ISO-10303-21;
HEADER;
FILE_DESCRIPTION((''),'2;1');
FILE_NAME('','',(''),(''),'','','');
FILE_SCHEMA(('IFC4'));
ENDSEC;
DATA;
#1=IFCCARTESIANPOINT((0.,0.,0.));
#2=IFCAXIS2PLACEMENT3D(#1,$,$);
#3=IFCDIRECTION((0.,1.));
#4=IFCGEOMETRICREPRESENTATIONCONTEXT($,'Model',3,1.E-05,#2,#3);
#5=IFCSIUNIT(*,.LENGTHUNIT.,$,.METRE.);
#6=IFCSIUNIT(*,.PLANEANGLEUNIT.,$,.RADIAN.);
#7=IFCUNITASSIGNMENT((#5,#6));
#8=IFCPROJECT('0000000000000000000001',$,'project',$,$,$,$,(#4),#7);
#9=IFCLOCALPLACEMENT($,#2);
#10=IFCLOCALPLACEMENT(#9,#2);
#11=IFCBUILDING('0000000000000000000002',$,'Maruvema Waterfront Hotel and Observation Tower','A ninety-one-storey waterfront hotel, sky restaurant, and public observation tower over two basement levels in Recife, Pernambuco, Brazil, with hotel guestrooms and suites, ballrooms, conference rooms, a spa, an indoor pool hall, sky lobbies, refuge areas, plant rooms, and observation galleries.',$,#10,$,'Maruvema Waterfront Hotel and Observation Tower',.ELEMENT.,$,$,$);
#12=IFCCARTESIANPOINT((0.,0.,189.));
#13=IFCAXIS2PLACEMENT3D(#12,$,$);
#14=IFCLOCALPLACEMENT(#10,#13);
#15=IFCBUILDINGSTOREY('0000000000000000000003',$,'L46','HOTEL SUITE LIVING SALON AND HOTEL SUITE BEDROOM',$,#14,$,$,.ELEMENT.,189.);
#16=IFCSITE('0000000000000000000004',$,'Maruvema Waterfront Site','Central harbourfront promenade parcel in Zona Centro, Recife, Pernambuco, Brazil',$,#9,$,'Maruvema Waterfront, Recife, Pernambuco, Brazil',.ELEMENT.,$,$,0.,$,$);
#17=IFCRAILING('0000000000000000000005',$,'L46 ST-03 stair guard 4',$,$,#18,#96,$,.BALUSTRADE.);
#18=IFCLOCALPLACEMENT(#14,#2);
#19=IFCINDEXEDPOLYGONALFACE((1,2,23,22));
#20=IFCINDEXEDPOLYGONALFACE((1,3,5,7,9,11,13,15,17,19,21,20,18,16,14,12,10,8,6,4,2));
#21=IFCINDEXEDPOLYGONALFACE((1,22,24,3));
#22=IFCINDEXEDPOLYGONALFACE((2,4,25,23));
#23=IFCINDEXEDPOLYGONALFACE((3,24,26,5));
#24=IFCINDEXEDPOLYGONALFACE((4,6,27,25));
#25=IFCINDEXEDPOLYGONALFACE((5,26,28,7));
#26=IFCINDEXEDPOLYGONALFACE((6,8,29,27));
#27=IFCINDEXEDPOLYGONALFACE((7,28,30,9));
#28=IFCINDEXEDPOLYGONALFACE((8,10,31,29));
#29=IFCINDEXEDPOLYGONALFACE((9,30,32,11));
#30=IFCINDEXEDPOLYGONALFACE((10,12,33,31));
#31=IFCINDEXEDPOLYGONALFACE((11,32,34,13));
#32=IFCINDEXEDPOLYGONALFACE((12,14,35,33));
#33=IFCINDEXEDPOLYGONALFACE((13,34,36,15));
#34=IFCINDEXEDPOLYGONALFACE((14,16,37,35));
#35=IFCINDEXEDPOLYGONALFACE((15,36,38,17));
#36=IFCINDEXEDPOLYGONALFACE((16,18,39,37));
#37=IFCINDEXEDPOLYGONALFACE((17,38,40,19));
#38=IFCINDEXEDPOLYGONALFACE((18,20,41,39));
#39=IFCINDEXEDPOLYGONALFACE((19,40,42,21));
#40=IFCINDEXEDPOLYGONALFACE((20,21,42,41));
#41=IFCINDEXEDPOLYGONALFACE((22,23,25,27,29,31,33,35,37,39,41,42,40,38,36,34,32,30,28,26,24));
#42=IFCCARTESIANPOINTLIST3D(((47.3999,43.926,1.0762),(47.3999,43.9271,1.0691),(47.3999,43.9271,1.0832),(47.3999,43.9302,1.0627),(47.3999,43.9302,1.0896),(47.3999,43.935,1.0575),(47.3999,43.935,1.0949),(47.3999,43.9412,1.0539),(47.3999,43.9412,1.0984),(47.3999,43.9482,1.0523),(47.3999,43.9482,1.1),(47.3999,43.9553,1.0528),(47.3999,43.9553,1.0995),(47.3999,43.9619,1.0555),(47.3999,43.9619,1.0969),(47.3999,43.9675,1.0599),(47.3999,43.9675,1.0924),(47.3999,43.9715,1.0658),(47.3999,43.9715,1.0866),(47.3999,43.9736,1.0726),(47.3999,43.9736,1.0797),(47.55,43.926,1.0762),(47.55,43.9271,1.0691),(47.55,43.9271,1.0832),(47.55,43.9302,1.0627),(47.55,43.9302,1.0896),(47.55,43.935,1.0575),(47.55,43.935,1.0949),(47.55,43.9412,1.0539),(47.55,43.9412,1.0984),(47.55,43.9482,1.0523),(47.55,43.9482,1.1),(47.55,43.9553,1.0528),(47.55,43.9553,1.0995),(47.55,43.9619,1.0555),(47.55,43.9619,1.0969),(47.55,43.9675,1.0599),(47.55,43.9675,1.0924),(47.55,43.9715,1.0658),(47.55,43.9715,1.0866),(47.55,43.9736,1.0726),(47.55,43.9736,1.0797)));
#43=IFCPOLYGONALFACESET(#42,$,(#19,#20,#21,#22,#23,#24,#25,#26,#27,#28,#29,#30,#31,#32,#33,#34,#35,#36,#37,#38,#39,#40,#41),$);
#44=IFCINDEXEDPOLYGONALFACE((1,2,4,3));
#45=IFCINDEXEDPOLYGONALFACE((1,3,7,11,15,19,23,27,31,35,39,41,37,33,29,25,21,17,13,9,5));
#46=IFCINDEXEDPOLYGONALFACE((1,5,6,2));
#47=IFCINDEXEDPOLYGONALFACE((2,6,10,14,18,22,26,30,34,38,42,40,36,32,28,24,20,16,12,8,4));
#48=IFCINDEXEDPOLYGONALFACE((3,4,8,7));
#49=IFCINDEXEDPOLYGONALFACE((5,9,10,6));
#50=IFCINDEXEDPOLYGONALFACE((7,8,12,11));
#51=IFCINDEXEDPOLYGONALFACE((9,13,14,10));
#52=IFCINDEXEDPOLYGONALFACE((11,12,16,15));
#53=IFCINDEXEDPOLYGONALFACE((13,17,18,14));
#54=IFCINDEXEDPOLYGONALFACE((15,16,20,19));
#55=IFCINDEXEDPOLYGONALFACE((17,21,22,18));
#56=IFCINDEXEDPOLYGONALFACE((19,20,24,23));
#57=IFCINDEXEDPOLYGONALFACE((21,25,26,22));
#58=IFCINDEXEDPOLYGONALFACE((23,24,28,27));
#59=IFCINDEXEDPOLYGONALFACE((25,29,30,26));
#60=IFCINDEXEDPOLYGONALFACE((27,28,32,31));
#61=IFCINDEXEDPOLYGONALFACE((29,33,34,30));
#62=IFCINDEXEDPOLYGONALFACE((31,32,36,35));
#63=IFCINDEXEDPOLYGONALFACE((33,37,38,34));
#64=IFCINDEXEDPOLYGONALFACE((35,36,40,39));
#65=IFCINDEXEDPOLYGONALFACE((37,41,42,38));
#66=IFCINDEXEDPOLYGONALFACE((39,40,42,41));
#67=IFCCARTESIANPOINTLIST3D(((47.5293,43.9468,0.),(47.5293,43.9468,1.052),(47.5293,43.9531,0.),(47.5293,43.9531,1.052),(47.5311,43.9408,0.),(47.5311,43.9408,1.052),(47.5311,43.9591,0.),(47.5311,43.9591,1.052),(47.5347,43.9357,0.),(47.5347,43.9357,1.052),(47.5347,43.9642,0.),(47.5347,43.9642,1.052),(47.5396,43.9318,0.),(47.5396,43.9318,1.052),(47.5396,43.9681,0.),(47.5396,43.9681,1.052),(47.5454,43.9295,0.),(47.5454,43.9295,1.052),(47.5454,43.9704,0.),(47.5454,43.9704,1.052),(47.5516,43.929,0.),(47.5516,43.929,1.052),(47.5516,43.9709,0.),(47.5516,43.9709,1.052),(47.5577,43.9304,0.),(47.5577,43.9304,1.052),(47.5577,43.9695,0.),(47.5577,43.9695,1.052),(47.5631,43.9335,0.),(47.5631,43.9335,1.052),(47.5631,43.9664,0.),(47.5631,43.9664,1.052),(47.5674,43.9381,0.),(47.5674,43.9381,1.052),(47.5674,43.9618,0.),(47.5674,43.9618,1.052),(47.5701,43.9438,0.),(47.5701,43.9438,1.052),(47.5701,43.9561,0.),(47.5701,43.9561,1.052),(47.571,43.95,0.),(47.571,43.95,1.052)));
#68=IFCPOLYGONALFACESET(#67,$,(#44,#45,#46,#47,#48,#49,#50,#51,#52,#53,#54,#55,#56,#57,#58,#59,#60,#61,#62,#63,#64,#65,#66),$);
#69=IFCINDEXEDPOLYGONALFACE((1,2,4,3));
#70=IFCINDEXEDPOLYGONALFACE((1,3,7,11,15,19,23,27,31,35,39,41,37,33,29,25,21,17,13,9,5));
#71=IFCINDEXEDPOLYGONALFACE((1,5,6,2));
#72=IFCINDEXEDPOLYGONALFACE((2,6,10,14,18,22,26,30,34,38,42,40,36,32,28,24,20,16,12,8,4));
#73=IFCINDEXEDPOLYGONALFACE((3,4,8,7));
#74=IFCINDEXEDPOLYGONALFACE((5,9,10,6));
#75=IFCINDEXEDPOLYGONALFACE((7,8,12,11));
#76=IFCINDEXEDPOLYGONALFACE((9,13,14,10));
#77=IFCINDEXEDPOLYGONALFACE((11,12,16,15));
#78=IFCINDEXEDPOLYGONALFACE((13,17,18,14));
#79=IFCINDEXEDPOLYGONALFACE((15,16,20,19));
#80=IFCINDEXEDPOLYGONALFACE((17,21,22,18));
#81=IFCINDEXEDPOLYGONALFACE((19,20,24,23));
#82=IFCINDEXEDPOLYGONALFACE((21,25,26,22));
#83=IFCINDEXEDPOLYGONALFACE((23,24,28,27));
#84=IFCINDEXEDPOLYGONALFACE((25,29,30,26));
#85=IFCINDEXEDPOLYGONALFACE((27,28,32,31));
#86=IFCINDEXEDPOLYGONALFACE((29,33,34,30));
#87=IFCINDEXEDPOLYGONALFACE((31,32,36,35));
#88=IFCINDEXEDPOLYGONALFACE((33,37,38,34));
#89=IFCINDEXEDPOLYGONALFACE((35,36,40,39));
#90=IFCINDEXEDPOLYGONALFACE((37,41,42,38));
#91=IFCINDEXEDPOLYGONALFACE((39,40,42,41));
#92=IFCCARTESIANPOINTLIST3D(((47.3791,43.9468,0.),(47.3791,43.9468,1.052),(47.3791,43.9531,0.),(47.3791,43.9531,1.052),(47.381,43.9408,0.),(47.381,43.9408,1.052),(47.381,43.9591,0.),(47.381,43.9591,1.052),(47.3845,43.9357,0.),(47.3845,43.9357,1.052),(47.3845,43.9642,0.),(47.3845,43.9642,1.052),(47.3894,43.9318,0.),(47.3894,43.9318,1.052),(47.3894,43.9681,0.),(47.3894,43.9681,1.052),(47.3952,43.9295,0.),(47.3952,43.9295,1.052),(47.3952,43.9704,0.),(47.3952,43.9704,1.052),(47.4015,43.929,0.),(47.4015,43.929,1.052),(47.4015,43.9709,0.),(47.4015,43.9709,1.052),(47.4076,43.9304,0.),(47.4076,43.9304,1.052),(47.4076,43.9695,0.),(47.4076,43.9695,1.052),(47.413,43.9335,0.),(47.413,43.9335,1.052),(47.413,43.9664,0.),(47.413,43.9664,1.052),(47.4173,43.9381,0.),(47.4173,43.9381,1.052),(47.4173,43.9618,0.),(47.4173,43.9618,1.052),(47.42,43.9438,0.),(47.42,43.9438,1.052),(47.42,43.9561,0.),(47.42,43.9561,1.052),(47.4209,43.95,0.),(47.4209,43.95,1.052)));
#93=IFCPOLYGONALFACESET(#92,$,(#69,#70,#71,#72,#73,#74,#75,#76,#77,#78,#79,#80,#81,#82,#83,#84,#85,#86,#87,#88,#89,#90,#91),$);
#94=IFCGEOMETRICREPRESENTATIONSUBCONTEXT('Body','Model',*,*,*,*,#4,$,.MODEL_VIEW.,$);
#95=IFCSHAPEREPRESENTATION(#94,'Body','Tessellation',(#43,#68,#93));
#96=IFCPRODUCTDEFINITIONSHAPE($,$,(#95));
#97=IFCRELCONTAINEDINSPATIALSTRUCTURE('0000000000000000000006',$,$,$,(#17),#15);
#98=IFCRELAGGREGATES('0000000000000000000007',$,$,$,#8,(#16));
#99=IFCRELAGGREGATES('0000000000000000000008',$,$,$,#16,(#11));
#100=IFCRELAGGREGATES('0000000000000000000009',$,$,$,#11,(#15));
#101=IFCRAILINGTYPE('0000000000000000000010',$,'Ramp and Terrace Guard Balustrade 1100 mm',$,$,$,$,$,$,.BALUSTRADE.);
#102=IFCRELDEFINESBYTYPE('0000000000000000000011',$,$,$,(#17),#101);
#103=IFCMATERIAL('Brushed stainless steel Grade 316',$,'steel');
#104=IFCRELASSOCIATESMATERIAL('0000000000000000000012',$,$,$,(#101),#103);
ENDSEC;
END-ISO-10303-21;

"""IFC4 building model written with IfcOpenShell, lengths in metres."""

from ifc_helpers import new_model, si_unit, direction, frame, origin, origin_2d, place, context, subcontext, project, spatial, circle, extrude, material, type_object, element, save


model = new_model("IFC4")

# Units and contexts
model_context = context("Model", 3, precision=1e-05, world=origin(), true_north=direction((0.0, 1.0)))
body_context = subcontext(model_context, "Body", "Model", "MODEL_VIEW")
ifc_project = project(units=[si_unit("LENGTHUNIT", "METRE"), si_unit("PLANEANGLEUNIT", "RADIAN")], contexts=[model_context])

# Site, building, storey
site_placement = place(None, origin())
site = spatial("IfcSite", under=ifc_project, at=site_placement, Name="Maruvema Waterfront Site", Description="Central harbourfront promenade parcel in Zona Centro, Recife, Pernambuco, Brazil", LongName="Maruvema Waterfront, Recife, Pernambuco, Brazil", CompositionType="ELEMENT", RefElevation=0.0)
building_placement = place(site_placement, origin())
building = spatial("IfcBuilding", under=site, at=building_placement, Name="Maruvema Waterfront Hotel and Observation Tower", Description="A ninety-one-storey waterfront hotel, sky restaurant, and public observation tower over two basement levels in Recife, Pernambuco, Brazil, with hotel guestrooms and suites, ballrooms, conference rooms, a spa, an indoor pool hall, sky lobbies, refuge areas, plant rooms, and observation galleries.", LongName="Maruvema Waterfront Hotel and Observation Tower", CompositionType="ELEMENT")
storey_placement = place(building_placement, frame((0.0, 0.0, 189.0)))
storey = spatial("IfcBuildingStorey", under=building, at=storey_placement, Name="L46", Description="HOTEL SUITE LIVING SALON AND HOTEL SUITE BEDROOM", CompositionType="ELEMENT", Elevation=189.0)

# Railing
ifc_material_1 = material(Name="Brushed stainless steel Grade 316", Category="steel")
railing_type = type_object("IfcRailingType", Name="Ramp and Terrace Guard Balustrade 1100 mm", PredefinedType="BALUSTRADE", material=ifc_material_1)
railing_1_placement = place(storey_placement, frame((47.55, 43.95, 0.0)))
element("IfcRailing", 1, at=railing_1_placement, inside=storey, type_object=railing_type, Name="L46 ST-03 stair guard 4", PredefinedType="BALUSTRADE", context=body_context, shape_type="SweptSolid", body=[
    extrude(circle(Radius=0.0239, at=origin_2d()), frame((0.0, 0.0, 1.0762), z_axis=(-1.0, 0.0, 0.0), x_axis=(0.0, -1.0, 0.0)), (0.0, 0.0, 1.0), 0.1501),
    extrude(circle(Radius=0.021, at=origin_2d()), origin(), (0.0, 0.0, 1.0), 1.052),
    extrude(circle(Radius=0.021, at=origin_2d()), frame((-0.1501, 0.0, 0.0)), (0.0, 0.0, 1.0), 1.052),
])

save(model, "model.ifc")
